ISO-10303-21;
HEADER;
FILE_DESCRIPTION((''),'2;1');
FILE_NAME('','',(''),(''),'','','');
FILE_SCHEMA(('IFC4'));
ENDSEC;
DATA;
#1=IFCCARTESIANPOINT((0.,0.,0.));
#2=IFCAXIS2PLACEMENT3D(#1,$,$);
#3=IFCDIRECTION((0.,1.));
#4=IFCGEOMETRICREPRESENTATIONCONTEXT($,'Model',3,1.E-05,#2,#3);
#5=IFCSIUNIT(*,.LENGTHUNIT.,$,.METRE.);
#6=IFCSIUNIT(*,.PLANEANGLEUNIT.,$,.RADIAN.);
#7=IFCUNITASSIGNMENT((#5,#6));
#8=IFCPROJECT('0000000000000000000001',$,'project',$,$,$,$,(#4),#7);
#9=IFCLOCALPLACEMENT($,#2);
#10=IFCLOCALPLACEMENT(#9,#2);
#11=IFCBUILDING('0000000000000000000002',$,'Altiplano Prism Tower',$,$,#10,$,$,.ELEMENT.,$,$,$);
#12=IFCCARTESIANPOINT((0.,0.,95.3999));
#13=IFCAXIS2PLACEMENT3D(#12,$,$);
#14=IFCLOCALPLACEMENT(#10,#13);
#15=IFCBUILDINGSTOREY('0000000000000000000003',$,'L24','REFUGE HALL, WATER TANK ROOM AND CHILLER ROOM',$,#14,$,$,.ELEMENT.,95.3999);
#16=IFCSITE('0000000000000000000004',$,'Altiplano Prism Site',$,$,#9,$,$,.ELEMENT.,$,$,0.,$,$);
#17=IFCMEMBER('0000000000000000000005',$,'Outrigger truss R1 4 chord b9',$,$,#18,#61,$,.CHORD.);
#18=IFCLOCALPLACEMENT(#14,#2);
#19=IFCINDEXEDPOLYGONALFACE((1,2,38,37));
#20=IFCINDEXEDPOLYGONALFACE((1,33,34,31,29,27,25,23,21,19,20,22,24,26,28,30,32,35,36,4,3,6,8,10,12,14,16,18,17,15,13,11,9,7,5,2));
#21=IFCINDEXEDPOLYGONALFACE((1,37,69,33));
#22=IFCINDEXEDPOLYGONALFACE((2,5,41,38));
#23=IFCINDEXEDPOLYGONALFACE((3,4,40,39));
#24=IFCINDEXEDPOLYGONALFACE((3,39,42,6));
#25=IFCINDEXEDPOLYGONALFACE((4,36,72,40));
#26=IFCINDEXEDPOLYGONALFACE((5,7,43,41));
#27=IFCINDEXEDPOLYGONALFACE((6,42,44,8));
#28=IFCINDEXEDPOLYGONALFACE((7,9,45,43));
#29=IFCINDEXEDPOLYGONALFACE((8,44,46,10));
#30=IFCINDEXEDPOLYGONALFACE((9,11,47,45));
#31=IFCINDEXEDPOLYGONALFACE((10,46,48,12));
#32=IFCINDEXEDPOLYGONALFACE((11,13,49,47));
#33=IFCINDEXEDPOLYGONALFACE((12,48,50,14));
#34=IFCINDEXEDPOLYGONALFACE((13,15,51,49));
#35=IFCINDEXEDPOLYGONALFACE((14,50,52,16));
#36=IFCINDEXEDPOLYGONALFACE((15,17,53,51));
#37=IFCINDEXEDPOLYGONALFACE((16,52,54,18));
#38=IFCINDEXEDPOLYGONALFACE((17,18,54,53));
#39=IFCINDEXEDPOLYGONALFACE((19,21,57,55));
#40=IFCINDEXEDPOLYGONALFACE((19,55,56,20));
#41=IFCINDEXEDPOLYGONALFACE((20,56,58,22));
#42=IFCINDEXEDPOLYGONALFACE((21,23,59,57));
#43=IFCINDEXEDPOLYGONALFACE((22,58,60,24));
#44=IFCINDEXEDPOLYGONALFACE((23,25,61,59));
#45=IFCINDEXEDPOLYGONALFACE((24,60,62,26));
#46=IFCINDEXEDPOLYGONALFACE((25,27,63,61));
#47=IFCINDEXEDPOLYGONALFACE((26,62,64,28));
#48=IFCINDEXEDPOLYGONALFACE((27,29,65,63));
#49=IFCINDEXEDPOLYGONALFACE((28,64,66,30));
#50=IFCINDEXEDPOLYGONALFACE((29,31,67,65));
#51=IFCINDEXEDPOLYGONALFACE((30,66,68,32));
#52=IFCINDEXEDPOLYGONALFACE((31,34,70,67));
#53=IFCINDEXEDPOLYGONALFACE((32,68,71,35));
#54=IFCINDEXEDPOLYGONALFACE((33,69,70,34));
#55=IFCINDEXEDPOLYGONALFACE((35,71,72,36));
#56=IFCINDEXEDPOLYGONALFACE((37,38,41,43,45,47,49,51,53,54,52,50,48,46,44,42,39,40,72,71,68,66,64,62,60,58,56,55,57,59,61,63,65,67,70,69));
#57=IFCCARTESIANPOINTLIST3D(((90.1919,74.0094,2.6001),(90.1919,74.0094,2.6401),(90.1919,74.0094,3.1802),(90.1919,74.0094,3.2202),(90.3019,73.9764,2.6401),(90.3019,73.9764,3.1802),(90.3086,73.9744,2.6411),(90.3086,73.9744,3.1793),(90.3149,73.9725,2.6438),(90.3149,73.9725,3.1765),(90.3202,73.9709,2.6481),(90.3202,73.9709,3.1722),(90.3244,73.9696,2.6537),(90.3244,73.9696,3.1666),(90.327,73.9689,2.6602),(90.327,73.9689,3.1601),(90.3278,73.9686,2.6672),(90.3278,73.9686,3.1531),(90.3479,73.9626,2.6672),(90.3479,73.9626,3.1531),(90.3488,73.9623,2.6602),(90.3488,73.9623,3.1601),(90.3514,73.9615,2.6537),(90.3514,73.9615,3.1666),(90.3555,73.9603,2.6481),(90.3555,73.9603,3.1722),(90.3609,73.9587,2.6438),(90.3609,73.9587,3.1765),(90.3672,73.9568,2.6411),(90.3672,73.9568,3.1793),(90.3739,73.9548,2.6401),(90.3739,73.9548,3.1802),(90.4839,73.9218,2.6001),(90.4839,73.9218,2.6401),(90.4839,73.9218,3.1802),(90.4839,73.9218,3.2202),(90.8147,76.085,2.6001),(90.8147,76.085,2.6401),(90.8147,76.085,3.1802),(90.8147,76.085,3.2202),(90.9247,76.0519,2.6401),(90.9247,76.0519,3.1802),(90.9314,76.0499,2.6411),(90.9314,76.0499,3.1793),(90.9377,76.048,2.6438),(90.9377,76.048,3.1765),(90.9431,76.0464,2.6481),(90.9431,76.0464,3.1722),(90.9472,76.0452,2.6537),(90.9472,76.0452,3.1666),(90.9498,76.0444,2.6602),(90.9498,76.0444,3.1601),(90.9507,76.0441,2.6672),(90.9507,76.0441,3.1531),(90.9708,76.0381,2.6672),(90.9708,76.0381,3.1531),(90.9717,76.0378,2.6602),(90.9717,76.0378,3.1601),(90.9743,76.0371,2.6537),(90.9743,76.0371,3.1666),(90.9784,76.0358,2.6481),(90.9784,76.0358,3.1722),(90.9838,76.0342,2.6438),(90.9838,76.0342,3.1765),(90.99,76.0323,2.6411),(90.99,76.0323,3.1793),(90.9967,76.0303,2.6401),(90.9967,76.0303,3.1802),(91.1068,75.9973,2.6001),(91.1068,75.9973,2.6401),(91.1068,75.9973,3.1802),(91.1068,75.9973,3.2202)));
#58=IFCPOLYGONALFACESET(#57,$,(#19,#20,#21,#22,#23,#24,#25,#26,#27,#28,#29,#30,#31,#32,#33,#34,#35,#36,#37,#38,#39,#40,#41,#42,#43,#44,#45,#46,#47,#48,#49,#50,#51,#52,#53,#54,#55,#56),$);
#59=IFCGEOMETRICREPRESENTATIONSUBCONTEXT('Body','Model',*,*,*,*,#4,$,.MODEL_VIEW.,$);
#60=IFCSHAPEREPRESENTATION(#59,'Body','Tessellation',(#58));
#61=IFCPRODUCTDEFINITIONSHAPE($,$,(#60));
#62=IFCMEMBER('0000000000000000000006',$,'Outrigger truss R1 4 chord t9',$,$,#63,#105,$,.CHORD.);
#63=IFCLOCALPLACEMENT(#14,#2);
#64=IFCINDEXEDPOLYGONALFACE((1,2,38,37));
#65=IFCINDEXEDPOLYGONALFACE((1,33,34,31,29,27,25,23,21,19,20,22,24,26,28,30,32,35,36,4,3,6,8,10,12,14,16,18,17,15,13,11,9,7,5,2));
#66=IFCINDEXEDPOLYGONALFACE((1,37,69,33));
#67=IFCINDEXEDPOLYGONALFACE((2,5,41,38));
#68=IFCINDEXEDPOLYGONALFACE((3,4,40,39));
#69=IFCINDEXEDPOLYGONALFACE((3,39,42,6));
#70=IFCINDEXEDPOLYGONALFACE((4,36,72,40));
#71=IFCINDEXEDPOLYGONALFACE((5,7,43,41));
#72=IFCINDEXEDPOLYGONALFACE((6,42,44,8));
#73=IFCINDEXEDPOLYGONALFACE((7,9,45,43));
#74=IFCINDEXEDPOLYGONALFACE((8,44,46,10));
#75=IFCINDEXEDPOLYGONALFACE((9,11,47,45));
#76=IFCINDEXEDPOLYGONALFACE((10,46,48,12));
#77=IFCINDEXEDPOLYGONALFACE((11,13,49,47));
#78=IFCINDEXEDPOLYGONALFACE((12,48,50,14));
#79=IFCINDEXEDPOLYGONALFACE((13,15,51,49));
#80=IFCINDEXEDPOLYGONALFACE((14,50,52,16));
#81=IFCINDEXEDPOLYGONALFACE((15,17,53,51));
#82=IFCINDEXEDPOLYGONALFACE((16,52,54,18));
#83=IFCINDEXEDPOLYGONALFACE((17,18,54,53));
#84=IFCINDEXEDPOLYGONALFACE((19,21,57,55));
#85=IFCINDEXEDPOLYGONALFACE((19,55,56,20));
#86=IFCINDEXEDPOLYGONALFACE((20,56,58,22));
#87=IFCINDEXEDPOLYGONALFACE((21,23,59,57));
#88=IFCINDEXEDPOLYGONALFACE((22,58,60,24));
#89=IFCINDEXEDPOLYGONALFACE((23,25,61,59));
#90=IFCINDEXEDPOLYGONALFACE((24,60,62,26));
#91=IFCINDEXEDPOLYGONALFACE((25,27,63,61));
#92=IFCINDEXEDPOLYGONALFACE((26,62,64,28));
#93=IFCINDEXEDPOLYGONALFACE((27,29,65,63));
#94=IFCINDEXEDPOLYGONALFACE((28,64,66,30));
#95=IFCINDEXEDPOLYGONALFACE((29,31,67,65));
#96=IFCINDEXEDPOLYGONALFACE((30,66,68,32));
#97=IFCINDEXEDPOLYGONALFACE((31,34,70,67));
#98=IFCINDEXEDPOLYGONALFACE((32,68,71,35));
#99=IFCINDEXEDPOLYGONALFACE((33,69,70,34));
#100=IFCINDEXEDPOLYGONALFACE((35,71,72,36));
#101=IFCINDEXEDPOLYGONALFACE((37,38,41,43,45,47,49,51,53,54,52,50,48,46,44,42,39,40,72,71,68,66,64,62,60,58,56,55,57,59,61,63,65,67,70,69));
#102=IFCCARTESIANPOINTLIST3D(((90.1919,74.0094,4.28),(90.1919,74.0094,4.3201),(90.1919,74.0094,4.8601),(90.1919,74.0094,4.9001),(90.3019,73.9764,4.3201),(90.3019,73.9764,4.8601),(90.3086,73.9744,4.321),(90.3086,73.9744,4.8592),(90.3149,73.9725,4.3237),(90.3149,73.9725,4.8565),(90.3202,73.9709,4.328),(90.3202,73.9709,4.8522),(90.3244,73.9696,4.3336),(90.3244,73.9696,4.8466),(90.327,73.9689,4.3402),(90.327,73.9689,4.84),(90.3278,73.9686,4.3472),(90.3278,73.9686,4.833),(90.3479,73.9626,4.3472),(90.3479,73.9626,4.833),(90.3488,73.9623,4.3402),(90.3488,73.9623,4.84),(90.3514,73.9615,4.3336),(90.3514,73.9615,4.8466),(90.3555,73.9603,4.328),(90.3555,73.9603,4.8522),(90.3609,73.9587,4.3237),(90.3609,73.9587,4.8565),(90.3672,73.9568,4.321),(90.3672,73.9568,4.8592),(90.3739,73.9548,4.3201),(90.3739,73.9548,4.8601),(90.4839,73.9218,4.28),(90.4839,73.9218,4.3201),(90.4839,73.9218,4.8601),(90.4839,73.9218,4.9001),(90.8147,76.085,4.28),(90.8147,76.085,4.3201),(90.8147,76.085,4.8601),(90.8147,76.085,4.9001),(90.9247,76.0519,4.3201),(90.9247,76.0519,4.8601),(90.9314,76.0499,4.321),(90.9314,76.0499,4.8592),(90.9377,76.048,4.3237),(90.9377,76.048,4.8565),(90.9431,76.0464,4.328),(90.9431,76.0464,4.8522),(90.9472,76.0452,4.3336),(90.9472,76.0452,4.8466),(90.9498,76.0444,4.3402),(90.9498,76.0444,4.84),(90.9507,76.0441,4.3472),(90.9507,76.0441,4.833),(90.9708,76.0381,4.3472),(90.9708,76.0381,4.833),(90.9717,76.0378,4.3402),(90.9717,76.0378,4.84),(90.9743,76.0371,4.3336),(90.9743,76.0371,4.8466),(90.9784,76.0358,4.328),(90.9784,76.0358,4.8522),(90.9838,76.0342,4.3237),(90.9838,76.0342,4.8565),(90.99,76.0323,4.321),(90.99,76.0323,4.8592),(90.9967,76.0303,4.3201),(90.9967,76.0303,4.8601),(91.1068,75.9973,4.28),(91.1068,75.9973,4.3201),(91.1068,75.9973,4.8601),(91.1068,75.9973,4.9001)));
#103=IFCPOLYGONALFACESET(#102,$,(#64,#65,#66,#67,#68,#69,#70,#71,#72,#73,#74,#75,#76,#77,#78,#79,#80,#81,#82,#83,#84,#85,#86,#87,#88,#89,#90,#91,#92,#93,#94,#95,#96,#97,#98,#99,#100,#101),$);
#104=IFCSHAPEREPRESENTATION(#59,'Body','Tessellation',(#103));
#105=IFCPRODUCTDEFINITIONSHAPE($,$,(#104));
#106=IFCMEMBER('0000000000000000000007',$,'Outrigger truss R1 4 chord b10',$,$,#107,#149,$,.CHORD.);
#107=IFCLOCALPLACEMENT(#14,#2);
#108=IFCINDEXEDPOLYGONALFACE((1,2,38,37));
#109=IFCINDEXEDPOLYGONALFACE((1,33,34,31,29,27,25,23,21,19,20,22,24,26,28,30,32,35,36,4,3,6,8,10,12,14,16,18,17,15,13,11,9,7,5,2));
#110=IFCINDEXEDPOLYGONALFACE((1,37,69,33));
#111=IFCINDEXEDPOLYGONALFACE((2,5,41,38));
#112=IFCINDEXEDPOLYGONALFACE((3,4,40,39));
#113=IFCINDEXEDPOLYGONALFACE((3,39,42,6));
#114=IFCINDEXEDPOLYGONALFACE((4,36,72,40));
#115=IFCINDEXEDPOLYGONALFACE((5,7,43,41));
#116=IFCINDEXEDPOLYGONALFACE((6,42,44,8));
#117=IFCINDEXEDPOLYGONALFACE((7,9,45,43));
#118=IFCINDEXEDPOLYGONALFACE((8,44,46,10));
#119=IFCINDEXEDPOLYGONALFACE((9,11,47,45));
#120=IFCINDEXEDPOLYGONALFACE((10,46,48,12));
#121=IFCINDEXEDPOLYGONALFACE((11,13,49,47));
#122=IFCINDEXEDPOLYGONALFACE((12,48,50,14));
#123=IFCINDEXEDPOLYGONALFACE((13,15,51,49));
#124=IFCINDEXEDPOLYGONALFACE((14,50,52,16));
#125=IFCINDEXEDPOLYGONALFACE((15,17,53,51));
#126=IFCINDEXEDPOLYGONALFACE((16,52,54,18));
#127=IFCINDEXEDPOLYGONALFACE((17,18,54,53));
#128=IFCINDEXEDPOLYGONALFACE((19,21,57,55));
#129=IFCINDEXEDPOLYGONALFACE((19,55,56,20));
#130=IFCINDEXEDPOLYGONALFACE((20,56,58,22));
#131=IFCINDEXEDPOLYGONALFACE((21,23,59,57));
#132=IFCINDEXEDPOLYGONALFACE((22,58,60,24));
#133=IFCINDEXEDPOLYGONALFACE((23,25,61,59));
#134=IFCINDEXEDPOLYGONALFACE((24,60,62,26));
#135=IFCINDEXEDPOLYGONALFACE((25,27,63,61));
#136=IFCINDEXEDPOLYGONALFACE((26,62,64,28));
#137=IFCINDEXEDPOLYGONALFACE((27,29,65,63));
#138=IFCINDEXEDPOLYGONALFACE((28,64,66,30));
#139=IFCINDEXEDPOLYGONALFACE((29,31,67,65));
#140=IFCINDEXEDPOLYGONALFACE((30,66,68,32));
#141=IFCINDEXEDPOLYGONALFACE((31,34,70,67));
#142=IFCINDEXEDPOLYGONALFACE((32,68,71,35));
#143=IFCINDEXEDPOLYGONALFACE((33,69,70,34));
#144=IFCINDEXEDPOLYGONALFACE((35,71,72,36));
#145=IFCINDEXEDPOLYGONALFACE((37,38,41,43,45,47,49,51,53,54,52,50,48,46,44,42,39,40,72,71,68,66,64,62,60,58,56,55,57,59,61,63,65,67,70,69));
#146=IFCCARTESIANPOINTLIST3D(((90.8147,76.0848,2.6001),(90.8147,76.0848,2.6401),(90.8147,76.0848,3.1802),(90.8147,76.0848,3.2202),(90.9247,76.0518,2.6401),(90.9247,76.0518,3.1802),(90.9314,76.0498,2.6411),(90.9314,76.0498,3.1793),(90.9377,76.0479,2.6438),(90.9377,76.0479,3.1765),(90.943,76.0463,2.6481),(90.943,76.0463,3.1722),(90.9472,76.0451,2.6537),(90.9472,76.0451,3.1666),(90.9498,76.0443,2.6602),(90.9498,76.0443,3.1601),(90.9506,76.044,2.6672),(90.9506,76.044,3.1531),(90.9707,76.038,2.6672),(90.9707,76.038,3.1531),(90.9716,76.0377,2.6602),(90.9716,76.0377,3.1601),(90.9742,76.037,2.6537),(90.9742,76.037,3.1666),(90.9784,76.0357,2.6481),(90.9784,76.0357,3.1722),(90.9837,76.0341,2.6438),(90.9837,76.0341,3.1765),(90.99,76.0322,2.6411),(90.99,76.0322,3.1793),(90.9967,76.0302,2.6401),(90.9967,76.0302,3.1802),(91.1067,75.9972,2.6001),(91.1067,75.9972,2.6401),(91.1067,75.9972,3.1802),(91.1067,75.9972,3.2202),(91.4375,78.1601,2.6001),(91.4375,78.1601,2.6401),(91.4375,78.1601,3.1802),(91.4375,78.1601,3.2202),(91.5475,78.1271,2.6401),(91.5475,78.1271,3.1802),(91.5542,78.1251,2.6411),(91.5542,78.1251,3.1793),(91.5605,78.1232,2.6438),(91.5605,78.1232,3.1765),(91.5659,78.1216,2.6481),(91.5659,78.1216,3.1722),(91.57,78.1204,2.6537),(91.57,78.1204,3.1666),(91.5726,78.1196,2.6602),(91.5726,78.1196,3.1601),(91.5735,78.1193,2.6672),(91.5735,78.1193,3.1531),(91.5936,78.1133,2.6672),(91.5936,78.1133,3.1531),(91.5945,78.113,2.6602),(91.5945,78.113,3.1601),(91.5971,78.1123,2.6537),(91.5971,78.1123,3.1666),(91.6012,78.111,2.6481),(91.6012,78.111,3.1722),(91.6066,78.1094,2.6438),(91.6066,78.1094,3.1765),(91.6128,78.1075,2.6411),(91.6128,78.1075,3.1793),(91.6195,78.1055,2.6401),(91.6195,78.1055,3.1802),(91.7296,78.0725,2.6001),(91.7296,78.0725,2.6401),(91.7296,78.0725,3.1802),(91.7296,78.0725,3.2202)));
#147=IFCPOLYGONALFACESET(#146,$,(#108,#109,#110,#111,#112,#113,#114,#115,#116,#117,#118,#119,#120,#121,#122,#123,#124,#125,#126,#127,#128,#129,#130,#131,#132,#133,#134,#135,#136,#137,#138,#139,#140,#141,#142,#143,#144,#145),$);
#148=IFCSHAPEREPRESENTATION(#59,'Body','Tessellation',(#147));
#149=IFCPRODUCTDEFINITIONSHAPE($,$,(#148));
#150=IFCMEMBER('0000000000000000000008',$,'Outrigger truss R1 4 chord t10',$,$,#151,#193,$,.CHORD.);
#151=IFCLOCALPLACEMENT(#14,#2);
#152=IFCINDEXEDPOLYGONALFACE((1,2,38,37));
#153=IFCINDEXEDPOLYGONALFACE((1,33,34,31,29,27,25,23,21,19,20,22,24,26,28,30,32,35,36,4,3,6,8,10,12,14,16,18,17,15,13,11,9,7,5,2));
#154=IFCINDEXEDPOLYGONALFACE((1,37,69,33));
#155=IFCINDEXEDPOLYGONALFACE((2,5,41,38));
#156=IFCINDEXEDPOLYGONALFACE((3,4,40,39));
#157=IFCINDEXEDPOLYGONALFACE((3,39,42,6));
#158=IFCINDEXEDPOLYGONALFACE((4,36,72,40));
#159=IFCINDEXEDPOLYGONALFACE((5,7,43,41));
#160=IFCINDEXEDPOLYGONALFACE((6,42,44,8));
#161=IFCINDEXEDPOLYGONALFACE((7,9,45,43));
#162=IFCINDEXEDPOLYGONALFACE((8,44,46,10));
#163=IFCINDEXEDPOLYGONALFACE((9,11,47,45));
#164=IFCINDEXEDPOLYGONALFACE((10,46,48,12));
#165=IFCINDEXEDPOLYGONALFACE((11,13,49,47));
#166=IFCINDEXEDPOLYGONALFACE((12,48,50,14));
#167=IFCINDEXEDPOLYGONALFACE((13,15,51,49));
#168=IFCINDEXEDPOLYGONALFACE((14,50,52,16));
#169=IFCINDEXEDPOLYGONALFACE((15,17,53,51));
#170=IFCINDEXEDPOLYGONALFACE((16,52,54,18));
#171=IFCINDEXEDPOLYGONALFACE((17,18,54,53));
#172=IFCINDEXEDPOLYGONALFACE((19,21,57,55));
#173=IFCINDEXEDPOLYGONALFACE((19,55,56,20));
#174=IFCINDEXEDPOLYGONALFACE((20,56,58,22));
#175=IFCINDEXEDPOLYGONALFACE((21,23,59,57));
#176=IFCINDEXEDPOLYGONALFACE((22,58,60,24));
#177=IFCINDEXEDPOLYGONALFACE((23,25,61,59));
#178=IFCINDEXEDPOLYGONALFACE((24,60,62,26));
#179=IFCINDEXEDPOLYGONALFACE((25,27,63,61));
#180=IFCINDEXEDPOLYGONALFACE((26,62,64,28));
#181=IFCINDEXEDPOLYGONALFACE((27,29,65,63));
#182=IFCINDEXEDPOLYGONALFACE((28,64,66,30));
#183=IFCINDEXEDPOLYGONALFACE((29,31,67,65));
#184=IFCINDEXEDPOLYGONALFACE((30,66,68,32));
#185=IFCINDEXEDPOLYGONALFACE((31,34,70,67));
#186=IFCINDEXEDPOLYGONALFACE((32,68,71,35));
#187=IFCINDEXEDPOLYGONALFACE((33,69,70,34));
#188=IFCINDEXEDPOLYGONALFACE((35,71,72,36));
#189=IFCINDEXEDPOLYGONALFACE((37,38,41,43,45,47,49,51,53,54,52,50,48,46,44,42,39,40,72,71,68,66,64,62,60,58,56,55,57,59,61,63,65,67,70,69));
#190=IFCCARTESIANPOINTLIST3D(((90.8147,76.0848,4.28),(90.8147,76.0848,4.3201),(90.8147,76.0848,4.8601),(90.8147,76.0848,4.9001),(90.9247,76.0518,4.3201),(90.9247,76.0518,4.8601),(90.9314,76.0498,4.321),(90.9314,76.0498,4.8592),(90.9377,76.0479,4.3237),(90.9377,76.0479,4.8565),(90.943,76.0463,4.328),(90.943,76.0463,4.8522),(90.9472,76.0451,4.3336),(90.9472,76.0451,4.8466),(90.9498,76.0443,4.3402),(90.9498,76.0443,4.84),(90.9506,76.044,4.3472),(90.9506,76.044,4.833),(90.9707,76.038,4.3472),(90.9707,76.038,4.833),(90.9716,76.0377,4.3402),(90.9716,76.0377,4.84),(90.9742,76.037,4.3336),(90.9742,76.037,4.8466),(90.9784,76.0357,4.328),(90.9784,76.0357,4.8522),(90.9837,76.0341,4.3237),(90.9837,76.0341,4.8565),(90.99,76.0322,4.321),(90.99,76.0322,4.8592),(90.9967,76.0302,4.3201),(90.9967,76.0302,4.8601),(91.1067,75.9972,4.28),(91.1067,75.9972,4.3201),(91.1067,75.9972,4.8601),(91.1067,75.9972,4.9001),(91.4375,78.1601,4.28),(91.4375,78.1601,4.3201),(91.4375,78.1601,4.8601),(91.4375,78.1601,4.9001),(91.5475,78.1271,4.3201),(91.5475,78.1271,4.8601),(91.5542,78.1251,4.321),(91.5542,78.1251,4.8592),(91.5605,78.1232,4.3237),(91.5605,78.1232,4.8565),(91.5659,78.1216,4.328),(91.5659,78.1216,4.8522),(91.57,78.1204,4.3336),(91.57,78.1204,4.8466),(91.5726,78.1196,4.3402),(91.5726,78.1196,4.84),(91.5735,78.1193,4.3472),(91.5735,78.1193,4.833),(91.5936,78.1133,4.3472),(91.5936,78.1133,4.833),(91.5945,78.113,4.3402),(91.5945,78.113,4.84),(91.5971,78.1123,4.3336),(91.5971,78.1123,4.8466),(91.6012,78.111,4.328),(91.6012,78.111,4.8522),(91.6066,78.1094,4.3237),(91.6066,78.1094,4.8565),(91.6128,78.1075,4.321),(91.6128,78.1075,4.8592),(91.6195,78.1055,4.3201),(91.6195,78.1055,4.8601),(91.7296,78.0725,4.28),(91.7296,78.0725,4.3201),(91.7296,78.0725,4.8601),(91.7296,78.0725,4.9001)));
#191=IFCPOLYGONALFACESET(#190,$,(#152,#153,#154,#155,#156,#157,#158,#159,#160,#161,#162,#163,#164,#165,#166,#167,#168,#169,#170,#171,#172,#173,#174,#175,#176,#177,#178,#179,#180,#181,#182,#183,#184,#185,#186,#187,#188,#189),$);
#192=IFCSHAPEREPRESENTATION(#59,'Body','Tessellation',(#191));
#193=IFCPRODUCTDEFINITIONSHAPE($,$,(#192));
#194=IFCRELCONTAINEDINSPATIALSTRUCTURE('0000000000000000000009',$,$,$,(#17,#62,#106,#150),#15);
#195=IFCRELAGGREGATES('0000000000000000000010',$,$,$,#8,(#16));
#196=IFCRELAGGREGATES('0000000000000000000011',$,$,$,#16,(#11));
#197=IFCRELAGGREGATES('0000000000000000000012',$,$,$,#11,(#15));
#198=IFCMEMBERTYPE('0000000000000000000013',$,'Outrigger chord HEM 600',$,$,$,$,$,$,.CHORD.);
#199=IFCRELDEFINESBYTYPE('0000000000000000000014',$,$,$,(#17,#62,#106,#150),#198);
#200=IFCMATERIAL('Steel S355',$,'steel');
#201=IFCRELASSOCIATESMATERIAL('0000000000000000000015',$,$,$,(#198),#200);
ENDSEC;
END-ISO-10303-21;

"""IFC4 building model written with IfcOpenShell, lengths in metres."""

from ifc_helpers import new_model, si_unit, direction, frame, origin, origin_2d, place, context, subcontext, project, spatial, i_section, extrude, material, material_profile, profile_set, type_object, element, save


model = new_model("IFC4")

# Units and contexts
model_context = context("Model", 3, precision=1e-05, world=origin(), true_north=direction((0.0, 1.0)))
body_context = subcontext(model_context, "Body", "Model", "MODEL_VIEW")
ifc_project = project(units=[si_unit("LENGTHUNIT", "METRE"), si_unit("PLANEANGLEUNIT", "RADIAN")], contexts=[model_context])

# Site, building, storey
site_placement = place(None, origin())
site = spatial("IfcSite", under=ifc_project, at=site_placement, Name="Altiplano Prism Site", CompositionType="ELEMENT", RefElevation=0.0)
building_placement = place(site_placement, origin())
building = spatial("IfcBuilding", under=site, at=building_placement, Name="Altiplano Prism Tower", CompositionType="ELEMENT")
storey_placement = place(building_placement, frame((0.0, 0.0, 95.3999)))
storey = spatial("IfcBuildingStorey", under=building, at=storey_placement, Name="L24", Description="REFUGE HALL, WATER TANK ROOM AND CHILLER ROOM", CompositionType="ELEMENT", Elevation=95.3999)

# Members
ifc_material_1 = material(Name="Steel S355", Category="steel")
ifc_material_profile_1 = material_profile(ifc_material_1, i_section(OverallWidth=0.3049, OverallDepth=0.6201, WebThickness=0.021, FlangeThickness=0.04, FilletRadius=0.0271, at=origin_2d()), Name="Outrigger chord HEM 600")
ifc_profile_set_1 = profile_set([ifc_material_profile_1], Name="Steel S355")
member_type_1 = type_object("IfcMemberType", Name="Outrigger chord HEM 600", PredefinedType="CHORD", material=ifc_profile_set_1)
for number, where, z_axis, x_axis, name in (
    (1, (90.3379, 73.9656, 2.9102), (0.28742, 0.957805, 0.0), (-0.957805, 0.28742, 0.0), "Outrigger truss R1 4 chord b9"),
    (2, (90.3379, 73.9656, 4.5901), (0.28742, 0.957805, 0.0), (-0.957805, 0.28742, 0.0), "Outrigger truss R1 4 chord t9"),
):
    element("IfcMember", number, at=place(storey_placement, frame(where, z_axis=z_axis, x_axis=x_axis)), inside=storey, type_object=member_type_1, Name=name, PredefinedType="CHORD", context=body_context, shape_type="SweptSolid", body=[
        extrude(i_section(OverallWidth=0.3049, OverallDepth=0.6201, WebThickness=0.021, FlangeThickness=0.04, FilletRadius=0.0271, at=origin_2d()), origin(), (0.0, 0.0, 1.0), 2.167),
    ])
for number, where, z_axis, x_axis, name in (
    (3, (90.9607, 76.041, 2.9102), (0.287451, 0.957795, 0.0), (-0.957795, 0.287451, 0.0), "Outrigger truss R1 4 chord b10"),
    (4, (90.9607, 76.041, 4.5901), (0.287451, 0.957795, 0.0), (-0.957795, 0.287451, 0.0), "Outrigger truss R1 4 chord t10"),
):
    element("IfcMember", number, at=place(storey_placement, frame(where, z_axis=z_axis, x_axis=x_axis)), inside=storey, type_object=member_type_1, Name=name, PredefinedType="CHORD", context=body_context, shape_type="SweptSolid", body=[
        extrude(i_section(OverallWidth=0.3049, OverallDepth=0.6201, WebThickness=0.021, FlangeThickness=0.04, FilletRadius=0.0271, at=origin_2d()), origin(), (0.0, 0.0, 1.0), 2.1667),
    ])

save(model, "model.ifc")
